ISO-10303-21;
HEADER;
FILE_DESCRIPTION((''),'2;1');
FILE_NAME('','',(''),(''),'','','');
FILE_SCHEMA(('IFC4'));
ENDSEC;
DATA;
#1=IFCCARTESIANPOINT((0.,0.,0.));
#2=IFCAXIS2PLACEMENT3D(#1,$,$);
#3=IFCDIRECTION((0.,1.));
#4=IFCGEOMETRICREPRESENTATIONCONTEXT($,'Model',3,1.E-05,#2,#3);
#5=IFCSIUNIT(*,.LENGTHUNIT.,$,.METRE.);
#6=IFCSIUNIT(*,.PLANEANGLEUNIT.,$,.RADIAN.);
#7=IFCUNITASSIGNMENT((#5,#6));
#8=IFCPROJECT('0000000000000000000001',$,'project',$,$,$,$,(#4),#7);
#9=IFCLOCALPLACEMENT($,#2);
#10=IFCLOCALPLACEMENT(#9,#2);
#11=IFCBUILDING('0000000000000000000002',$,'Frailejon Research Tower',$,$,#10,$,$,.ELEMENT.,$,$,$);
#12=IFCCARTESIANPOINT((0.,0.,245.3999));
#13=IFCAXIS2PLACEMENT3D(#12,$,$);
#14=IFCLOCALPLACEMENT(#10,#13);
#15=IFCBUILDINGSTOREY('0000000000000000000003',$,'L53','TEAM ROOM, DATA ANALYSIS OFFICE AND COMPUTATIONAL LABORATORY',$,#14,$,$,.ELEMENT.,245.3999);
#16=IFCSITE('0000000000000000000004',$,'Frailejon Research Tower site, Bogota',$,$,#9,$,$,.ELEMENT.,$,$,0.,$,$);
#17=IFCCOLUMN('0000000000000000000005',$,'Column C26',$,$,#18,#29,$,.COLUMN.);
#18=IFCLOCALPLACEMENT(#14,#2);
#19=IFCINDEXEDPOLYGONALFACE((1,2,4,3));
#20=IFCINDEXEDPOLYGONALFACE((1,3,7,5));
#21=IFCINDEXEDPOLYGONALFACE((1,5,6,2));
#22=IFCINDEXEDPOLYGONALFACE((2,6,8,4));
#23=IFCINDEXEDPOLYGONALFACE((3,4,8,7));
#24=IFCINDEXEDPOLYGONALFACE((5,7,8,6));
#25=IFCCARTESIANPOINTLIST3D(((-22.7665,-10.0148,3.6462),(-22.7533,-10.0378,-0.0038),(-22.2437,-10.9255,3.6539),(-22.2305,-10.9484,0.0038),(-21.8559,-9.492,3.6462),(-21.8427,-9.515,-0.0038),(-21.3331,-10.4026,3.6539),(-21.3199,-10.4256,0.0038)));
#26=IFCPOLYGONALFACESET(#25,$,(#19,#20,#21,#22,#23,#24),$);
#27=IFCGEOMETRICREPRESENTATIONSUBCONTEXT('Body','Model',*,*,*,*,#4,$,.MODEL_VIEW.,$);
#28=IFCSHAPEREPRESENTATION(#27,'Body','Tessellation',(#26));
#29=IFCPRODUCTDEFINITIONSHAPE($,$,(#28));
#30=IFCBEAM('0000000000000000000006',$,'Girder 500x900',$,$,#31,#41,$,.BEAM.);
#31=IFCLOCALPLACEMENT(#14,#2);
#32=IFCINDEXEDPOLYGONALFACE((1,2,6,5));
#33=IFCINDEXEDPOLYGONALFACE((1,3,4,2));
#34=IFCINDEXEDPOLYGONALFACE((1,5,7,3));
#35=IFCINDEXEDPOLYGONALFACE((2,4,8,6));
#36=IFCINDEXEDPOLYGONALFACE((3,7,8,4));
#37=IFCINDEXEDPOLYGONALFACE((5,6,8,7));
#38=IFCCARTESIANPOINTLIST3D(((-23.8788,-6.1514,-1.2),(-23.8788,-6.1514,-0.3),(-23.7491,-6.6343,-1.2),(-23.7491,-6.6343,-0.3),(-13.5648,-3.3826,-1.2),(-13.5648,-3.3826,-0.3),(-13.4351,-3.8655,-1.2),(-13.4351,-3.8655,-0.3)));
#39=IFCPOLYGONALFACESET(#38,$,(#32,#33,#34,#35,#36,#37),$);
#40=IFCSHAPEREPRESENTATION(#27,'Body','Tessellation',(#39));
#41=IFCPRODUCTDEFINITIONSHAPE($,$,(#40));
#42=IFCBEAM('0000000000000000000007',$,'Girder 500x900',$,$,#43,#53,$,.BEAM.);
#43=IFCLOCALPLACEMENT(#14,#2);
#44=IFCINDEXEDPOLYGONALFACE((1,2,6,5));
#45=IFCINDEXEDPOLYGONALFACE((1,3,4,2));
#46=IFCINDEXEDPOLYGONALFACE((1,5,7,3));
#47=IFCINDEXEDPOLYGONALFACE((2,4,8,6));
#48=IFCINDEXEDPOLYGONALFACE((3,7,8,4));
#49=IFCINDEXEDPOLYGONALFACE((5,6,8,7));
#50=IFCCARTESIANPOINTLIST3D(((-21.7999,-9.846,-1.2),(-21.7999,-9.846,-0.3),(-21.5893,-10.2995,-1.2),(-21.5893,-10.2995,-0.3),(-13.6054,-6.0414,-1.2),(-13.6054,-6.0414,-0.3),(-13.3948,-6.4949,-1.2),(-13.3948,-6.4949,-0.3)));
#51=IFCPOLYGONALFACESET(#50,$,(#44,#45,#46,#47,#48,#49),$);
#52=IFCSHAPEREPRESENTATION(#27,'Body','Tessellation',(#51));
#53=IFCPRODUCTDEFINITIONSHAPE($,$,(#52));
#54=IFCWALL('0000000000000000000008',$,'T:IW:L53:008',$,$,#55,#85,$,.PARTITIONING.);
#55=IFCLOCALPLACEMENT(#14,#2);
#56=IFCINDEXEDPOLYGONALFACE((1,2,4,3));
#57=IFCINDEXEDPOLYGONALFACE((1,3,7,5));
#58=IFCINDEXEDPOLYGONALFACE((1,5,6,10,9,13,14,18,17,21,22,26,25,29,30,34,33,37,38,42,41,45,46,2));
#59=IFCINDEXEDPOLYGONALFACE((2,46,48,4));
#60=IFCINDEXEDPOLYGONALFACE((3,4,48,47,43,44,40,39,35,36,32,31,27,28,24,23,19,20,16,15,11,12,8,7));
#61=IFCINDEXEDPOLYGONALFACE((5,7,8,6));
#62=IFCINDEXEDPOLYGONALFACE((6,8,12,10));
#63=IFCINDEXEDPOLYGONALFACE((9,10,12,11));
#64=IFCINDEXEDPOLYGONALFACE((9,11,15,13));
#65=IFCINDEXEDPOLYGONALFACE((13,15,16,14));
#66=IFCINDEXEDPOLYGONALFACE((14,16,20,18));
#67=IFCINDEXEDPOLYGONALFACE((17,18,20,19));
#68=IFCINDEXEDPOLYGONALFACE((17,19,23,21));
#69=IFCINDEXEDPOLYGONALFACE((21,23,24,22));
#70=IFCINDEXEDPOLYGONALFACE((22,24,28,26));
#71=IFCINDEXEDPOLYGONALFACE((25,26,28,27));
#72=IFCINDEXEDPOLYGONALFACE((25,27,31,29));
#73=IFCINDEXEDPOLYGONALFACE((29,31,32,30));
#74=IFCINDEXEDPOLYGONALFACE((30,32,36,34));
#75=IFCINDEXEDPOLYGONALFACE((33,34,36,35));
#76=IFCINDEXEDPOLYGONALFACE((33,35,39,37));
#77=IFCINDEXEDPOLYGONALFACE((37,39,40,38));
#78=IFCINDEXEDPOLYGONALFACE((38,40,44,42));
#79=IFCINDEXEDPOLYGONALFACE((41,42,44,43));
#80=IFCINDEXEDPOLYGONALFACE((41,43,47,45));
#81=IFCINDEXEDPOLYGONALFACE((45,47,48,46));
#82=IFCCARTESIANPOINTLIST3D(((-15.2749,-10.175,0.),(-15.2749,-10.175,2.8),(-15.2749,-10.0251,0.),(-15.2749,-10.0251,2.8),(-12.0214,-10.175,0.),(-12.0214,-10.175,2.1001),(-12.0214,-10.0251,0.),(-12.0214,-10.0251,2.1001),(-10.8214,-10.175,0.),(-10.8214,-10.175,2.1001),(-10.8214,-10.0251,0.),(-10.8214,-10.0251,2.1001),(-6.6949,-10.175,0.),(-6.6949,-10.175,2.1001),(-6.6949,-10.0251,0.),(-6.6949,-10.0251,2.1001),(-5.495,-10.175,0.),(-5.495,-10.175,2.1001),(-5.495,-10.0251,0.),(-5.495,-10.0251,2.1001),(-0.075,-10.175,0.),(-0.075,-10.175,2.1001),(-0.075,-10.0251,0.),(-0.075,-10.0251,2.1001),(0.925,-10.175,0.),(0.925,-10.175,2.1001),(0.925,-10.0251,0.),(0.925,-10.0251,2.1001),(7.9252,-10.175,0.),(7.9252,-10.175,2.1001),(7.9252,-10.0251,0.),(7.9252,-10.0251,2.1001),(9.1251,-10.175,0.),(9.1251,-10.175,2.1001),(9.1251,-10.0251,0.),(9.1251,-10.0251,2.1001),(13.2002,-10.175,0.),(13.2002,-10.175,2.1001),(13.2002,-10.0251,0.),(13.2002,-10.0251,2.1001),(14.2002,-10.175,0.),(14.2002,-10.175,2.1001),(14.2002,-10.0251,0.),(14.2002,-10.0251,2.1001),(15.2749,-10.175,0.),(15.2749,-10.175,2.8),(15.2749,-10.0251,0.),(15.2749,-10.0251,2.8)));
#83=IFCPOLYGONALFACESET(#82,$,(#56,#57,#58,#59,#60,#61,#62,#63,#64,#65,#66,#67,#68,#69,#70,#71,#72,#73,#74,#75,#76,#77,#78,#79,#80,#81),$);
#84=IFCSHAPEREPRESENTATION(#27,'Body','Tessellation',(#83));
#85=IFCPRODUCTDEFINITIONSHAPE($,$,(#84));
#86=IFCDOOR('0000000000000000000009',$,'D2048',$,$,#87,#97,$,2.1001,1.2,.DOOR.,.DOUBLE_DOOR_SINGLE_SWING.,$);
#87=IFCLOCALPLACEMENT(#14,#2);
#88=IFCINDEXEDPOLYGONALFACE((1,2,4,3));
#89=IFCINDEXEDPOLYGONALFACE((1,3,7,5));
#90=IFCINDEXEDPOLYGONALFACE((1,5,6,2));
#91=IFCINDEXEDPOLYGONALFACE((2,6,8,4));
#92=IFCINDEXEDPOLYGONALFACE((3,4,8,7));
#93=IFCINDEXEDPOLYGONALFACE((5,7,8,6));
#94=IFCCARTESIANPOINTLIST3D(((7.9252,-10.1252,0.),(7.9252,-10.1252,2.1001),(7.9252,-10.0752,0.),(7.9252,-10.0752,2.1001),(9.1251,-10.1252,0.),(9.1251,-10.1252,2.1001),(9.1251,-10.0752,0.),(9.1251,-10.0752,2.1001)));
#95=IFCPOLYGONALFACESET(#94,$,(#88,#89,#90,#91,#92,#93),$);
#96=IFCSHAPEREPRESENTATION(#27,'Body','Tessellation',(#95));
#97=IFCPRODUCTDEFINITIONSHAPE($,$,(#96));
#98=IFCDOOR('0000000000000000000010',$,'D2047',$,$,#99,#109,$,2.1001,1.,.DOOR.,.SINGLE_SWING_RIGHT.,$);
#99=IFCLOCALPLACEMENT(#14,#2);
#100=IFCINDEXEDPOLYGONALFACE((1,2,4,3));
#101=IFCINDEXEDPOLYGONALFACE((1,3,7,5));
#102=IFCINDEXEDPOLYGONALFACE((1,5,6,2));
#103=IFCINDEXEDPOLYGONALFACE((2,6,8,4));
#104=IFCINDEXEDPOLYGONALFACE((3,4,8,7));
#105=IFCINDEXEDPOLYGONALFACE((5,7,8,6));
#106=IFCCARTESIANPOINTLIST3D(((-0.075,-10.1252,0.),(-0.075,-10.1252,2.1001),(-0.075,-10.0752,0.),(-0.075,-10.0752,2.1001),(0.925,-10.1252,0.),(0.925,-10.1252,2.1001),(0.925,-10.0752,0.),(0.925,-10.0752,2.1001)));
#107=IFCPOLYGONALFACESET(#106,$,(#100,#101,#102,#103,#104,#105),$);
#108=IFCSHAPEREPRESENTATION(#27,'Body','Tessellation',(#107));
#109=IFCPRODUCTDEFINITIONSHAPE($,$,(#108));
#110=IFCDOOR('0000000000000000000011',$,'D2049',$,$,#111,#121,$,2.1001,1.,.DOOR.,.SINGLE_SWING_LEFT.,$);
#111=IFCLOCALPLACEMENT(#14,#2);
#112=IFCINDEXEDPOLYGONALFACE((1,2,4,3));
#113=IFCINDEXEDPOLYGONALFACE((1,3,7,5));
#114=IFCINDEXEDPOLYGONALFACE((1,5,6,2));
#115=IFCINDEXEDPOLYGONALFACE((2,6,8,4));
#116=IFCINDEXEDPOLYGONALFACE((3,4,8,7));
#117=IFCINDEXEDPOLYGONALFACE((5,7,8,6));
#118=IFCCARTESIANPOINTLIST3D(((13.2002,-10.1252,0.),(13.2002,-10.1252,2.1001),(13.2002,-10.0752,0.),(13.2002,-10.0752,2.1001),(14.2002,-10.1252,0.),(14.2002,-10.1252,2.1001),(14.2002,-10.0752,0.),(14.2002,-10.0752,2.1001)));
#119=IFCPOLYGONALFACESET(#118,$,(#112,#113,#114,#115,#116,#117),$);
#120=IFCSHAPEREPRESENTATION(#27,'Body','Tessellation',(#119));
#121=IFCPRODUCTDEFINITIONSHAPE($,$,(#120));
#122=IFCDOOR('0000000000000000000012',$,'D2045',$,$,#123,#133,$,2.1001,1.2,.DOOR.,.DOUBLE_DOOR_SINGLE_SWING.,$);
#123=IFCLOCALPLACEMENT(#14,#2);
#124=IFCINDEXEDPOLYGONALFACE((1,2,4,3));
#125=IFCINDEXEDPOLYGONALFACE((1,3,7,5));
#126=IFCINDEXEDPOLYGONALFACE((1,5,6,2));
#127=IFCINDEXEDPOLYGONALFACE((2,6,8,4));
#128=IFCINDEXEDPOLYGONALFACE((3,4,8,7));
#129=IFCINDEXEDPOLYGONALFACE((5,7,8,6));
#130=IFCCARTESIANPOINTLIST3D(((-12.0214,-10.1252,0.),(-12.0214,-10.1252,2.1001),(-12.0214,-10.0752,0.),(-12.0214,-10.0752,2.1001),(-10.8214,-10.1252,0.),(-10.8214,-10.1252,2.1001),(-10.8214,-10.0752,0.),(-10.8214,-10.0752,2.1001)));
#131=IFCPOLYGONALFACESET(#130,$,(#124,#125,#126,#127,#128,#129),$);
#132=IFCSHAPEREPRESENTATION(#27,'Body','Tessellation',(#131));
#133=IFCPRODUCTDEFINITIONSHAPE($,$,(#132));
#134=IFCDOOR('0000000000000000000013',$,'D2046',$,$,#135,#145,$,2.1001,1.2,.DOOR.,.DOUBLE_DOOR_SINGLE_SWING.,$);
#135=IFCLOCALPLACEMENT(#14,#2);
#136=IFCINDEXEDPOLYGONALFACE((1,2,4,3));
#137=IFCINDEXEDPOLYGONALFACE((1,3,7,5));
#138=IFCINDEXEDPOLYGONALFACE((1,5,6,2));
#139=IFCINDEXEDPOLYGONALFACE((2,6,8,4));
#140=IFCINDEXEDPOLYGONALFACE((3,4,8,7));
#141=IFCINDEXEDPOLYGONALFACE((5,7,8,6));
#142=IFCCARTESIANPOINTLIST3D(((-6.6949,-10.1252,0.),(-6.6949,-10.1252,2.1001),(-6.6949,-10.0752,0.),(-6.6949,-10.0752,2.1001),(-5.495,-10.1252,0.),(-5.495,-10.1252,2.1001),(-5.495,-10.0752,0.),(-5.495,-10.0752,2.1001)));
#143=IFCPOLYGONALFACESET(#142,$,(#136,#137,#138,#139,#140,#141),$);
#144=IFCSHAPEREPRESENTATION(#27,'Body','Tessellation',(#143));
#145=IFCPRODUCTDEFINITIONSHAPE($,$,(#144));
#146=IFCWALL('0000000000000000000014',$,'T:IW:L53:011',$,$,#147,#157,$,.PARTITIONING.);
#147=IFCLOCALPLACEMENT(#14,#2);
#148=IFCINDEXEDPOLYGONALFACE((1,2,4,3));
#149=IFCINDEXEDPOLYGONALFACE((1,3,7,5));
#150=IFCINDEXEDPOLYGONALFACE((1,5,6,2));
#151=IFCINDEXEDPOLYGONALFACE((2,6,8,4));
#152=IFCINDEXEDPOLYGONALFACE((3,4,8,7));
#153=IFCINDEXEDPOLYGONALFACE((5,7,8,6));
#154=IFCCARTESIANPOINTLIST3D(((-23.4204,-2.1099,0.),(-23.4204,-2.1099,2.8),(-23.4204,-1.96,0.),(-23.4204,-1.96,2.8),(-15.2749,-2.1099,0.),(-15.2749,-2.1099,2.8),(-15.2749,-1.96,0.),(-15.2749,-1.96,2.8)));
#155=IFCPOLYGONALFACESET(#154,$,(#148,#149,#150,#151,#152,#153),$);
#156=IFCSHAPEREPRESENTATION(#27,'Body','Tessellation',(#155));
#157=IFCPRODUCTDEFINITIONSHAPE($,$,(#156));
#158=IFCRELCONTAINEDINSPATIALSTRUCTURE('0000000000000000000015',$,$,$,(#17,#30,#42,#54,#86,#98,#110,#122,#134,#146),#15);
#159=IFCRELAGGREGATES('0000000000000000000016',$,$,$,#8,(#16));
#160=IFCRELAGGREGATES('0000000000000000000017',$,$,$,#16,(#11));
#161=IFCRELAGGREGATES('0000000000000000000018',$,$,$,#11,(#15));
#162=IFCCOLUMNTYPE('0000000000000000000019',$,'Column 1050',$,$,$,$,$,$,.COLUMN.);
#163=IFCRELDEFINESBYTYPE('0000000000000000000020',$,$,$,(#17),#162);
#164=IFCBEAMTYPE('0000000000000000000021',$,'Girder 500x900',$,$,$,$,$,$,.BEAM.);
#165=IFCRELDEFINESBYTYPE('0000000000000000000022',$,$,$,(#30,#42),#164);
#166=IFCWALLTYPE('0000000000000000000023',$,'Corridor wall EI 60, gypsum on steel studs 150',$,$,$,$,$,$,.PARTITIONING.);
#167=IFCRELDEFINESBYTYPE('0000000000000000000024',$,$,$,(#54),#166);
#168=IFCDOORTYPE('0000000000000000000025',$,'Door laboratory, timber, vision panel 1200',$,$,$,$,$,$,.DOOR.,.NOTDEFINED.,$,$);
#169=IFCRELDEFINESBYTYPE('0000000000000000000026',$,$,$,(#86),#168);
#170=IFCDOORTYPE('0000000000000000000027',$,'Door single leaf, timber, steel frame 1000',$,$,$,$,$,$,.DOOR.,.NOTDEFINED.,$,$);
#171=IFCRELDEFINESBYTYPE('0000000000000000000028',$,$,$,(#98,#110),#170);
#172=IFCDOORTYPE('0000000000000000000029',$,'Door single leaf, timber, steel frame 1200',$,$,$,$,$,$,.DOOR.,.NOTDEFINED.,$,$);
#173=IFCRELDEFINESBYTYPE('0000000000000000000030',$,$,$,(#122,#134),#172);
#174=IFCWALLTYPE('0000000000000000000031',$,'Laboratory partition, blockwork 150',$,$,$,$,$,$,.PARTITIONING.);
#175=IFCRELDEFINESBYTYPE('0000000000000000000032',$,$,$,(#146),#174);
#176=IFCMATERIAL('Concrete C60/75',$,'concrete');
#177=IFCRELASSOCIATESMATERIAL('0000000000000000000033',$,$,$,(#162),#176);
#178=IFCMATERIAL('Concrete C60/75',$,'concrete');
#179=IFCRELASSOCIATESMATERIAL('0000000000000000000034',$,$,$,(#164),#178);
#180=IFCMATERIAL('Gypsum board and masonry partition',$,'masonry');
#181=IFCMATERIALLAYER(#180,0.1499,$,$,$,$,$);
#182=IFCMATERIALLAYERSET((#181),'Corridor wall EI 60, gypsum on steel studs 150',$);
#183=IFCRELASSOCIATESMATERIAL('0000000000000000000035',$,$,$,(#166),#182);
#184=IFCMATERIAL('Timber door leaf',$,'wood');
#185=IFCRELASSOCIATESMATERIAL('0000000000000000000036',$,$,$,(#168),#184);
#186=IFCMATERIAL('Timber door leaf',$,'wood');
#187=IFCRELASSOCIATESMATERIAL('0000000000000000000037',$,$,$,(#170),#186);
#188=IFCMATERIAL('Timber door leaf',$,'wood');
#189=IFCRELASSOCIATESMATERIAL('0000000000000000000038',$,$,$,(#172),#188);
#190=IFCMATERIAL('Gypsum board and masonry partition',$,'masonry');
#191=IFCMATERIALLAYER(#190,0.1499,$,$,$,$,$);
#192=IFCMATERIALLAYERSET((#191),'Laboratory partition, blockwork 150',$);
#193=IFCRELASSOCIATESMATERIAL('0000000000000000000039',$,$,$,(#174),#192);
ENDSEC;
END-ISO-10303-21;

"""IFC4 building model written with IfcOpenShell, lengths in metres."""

from ifc_helpers import new_model, si_unit, direction, frame, frame_2d, origin, origin_2d, place, context, subcontext, project, spatial, rectangle, extrude, material, layer, layer_set, material_profile, profile_set, type_object, element, fill, save


model = new_model("IFC4")

# Units and contexts
model_context = context("Model", 3, precision=1e-05, world=origin(), true_north=direction((0.0, 1.0)))
body_context = subcontext(model_context, "Body", "Model", "MODEL_VIEW")
ifc_project = project(units=[si_unit("LENGTHUNIT", "METRE"), si_unit("PLANEANGLEUNIT", "RADIAN")], contexts=[model_context])

# Site, building, storey
site_placement = place(None, origin())
site = spatial("IfcSite", under=ifc_project, at=site_placement, Name="Frailejon Research Tower site, Bogota", CompositionType="ELEMENT", RefElevation=0.0)
building_placement = place(site_placement, origin())
building = spatial("IfcBuilding", under=site, at=building_placement, Name="Frailejon Research Tower", CompositionType="ELEMENT")
storey_placement = place(building_placement, frame((0.0, 0.0, 245.3999)))
storey = spatial("IfcBuildingStorey", under=building, at=storey_placement, Name="L53", Description="TEAM ROOM, DATA ANALYSIS OFFICE AND COMPUTATIONAL LABORATORY", CompositionType="ELEMENT", Elevation=245.3999)

# Column
ifc_material_1 = material(Name="Concrete C60/75", Category="concrete")
ifc_material_profile_1 = material_profile(ifc_material_1, rectangle(XDim=1.05, YDim=1.05, at=origin_2d()), Name="Column 1050")
ifc_profile_set_1 = profile_set([ifc_material_profile_1], Name="Concrete C60/75")
column_type = type_object("IfcColumnType", Name="Column 1050", PredefinedType="COLUMN", material=ifc_profile_set_1)
column_placement = place(storey_placement, frame((-22.0366, -10.2317, 0.0), z_axis=(-0.003612, 0.006287, 0.999974), x_axis=(0.49789, -0.86721, 0.007251)))
element("IfcColumn", 1, at=column_placement, inside=storey, type_object=column_type, Name="Column C26", PredefinedType="COLUMN", context=body_context, shape_type="SweptSolid", body=[
    extrude(rectangle(XDim=1.05, YDim=1.05, at=origin_2d()), origin(), (0.0, 0.0, 1.0), 3.6501),
])

# Beams
ifc_material_2 = material(Name="Concrete C60/75", Category="concrete")
ifc_material_profile_2 = material_profile(ifc_material_2, rectangle(XDim=0.5, YDim=0.8999, at=origin_2d()), Name="Girder 500x900")
ifc_profile_set_2 = profile_set([ifc_material_profile_2], Name="Concrete C60/75")
beam_type = type_object("IfcBeamType", Name="Girder 500x900", PredefinedType="BEAM", material=ifc_profile_set_2)
beam_1_placement = place(storey_placement, frame((-23.814, -6.3928, -0.75), z_axis=(0.965804, 0.259272, 0.0), x_axis=(-0.259272, 0.965804, 0.0)))
element("IfcBeam", 2, at=beam_1_placement, inside=storey, type_object=beam_type, Name="Girder 500x900", PredefinedType="BEAM", context=body_context, shape_type="SweptSolid", body=[
    extrude(rectangle(XDim=0.5, YDim=0.8999, at=origin_2d()), origin(), (0.0, 0.0, 1.0), 10.6792),
])
beam_2_placement = place(storey_placement, frame((-21.6946, -10.0728, -0.75), z_axis=(0.907006, 0.421117, 0.0), x_axis=(-0.421117, 0.907006, 0.0)))
element("IfcBeam", 3, at=beam_2_placement, inside=storey, type_object=beam_type, Name="Girder 500x900", PredefinedType="BEAM", context=body_context, shape_type="SweptSolid", body=[
    extrude(rectangle(XDim=0.5, YDim=0.8999, at=origin_2d()), origin(), (0.0, 0.0, 1.0), 9.0347),
])

# Wall, openings, doors
ifc_material_3 = material(Name="Gypsum board and masonry partition", Category="masonry")
ifc_layer_1 = layer(ifc_material_3, 0.1499)
ifc_layer_set_1 = layer_set([ifc_layer_1], Name="Corridor wall EI 60, gypsum on steel studs 150")
wall_type_1 = type_object("IfcWallType", Name="Corridor wall EI 60, gypsum on steel studs 150", PredefinedType="PARTITIONING", material=ifc_layer_set_1)
wall_1_placement = place(storey_placement, frame((-15.2749, -10.1001, 0.0), z_axis=(0.0, 0.0, 1.0), x_axis=(1.0, 0.0, 0.0)))
wall_1 = element("IfcWall", 4, at=wall_1_placement, inside=storey, type_object=wall_type_1, Name="T:IW:L53:008", PredefinedType="PARTITIONING", context=body_context, shape_type="SweptSolid", body=[
    extrude(rectangle(XDim=30.5498, YDim=0.1499, at=frame_2d((15.2749, 0.0))), origin(), (0.0, 0.0, 1.0), 2.8),
])
opening_1_placement = place(wall_1_placement, frame((3.2534, 0.0, 0.0)))
opening_1 = element("IfcOpeningElement", 5, at=opening_1_placement, cuts=wall_1, PredefinedType="OPENING", context=body_context, shape_type="SweptSolid", body=[
    extrude(rectangle(XDim=1.2, YDim=2.1001, at=frame_2d((0.6001, 1.05))), frame((0.0, 0.085, 0.0), z_axis=(0.0, -1.0, 0.0), x_axis=(1.0, 0.0, 0.0)), (0.0, 0.0, 1.0), 0.1699),
])
opening_2_placement = place(wall_1_placement, frame((8.5798, 0.0, 0.0)))
opening_2 = element("IfcOpeningElement", 6, at=opening_2_placement, cuts=wall_1, PredefinedType="OPENING", context=body_context, shape_type="SweptSolid", body=[
    extrude(rectangle(XDim=1.2, YDim=2.1001, at=frame_2d((0.6001, 1.05))), frame((0.0, 0.085, 0.0), z_axis=(0.0, -1.0, 0.0), x_axis=(1.0, 0.0, 0.0)), (0.0, 0.0, 1.0), 0.1699),
])
opening_3_placement = place(wall_1_placement, frame((15.2, 0.0, 0.0)))
opening_3 = element("IfcOpeningElement", 7, at=opening_3_placement, cuts=wall_1, PredefinedType="OPENING", context=body_context, shape_type="SweptSolid", body=[
    extrude(rectangle(XDim=1.0, YDim=2.1001, at=frame_2d((0.5, 1.05))), frame((0.0, 0.085, 0.0), z_axis=(0.0, -1.0, 0.0), x_axis=(1.0, 0.0, 0.0)), (0.0, 0.0, 1.0), 0.1699),
])
opening_4_placement = place(wall_1_placement, frame((23.2, 0.0, 0.0)))
opening_4 = element("IfcOpeningElement", 8, at=opening_4_placement, cuts=wall_1, PredefinedType="OPENING", context=body_context, shape_type="SweptSolid", body=[
    extrude(rectangle(XDim=1.2, YDim=2.1001, at=frame_2d((0.6001, 1.05))), frame((0.0, 0.085, 0.0), z_axis=(0.0, -1.0, 0.0), x_axis=(1.0, 0.0, 0.0)), (0.0, 0.0, 1.0), 0.1699),
])
opening_5_placement = place(wall_1_placement, frame((28.4751, 0.0, 0.0)))
opening_5 = element("IfcOpeningElement", 9, at=opening_5_placement, cuts=wall_1, PredefinedType="OPENING", context=body_context, shape_type="SweptSolid", body=[
    extrude(rectangle(XDim=1.0, YDim=2.1001, at=frame_2d((0.5, 1.05))), frame((0.0, 0.085, 0.0), z_axis=(0.0, -1.0, 0.0), x_axis=(1.0, 0.0, 0.0)), (0.0, 0.0, 1.0), 0.1699),
])
ifc_material_4 = material(Name="Timber door leaf", Category="wood")
door_type_1 = type_object("IfcDoorType", Name="Door laboratory, timber, vision panel 1200", OperationType="NOTDEFINED", PredefinedType="DOOR", material=ifc_material_4)
door_1_placement = place(opening_4_placement, origin())
door_1 = element("IfcDoor", 10, at=door_1_placement, inside=storey, type_object=door_type_1, Name="D2048", OperationType="DOUBLE_DOOR_SINGLE_SWING", OverallHeight=2.1001, OverallWidth=1.2, PredefinedType="DOOR", context=body_context, shape_type="SweptSolid", body=[
    extrude(rectangle(XDim=1.2, YDim=2.1001, at=frame_2d((0.6001, 1.05))), frame((0.0, 0.0249, 0.0), z_axis=(0.0, -1.0, 0.0), x_axis=(1.0, 0.0, 0.0)), (0.0, 0.0, 1.0), 0.05),
])
fill(opening_4, door_1)
ifc_material_5 = material(Name="Timber door leaf", Category="wood")
door_type_2 = type_object("IfcDoorType", Name="Door single leaf, timber, steel frame 1000", OperationType="NOTDEFINED", PredefinedType="DOOR", material=ifc_material_5)
door_2_placement = place(opening_3_placement, origin())
door_2 = element("IfcDoor", 11, at=door_2_placement, inside=storey, type_object=door_type_2, Name="D2047", OperationType="SINGLE_SWING_RIGHT", OverallHeight=2.1001, OverallWidth=1.0, PredefinedType="DOOR", context=body_context, shape_type="SweptSolid", body=[
    extrude(rectangle(XDim=1.0, YDim=2.1001, at=frame_2d((0.5, 1.05))), frame((0.0, 0.0249, 0.0), z_axis=(0.0, -1.0, 0.0), x_axis=(1.0, 0.0, 0.0)), (0.0, 0.0, 1.0), 0.05),
])
fill(opening_3, door_2)
door_3_placement = place(opening_5_placement, origin())
door_3 = element("IfcDoor", 12, at=door_3_placement, inside=storey, type_object=door_type_2, Name="D2049", OperationType="SINGLE_SWING_LEFT", OverallHeight=2.1001, OverallWidth=1.0, PredefinedType="DOOR", context=body_context, shape_type="SweptSolid", body=[
    extrude(rectangle(XDim=1.0, YDim=2.1001, at=frame_2d((0.5, 1.05))), frame((0.0, 0.0249, 0.0), z_axis=(0.0, -1.0, 0.0), x_axis=(1.0, 0.0, 0.0)), (0.0, 0.0, 1.0), 0.05),
])
fill(opening_5, door_3)
ifc_material_6 = material(Name="Timber door leaf", Category="wood")
door_type_3 = type_object("IfcDoorType", Name="Door single leaf, timber, steel frame 1200", OperationType="NOTDEFINED", PredefinedType="DOOR", material=ifc_material_6)
door_4_placement = place(opening_1_placement, origin())
door_4 = element("IfcDoor", 13, at=door_4_placement, inside=storey, type_object=door_type_3, Name="D2045", OperationType="DOUBLE_DOOR_SINGLE_SWING", OverallHeight=2.1001, OverallWidth=1.2, PredefinedType="DOOR", context=body_context, shape_type="SweptSolid", body=[
    extrude(rectangle(XDim=1.2, YDim=2.1001, at=frame_2d((0.6001, 1.05))), frame((0.0, 0.0249, 0.0), z_axis=(0.0, -1.0, 0.0), x_axis=(1.0, 0.0, 0.0)), (0.0, 0.0, 1.0), 0.05),
])
fill(opening_1, door_4)
door_5_placement = place(opening_2_placement, origin())
door_5 = element("IfcDoor", 14, at=door_5_placement, inside=storey, type_object=door_type_3, Name="D2046", OperationType="DOUBLE_DOOR_SINGLE_SWING", OverallHeight=2.1001, OverallWidth=1.2, PredefinedType="DOOR", context=body_context, shape_type="SweptSolid", body=[
    extrude(rectangle(XDim=1.2, YDim=2.1001, at=frame_2d((0.6001, 1.05))), frame((0.0, 0.0249, 0.0), z_axis=(0.0, -1.0, 0.0), x_axis=(1.0, 0.0, 0.0)), (0.0, 0.0, 1.0), 0.05),
])
fill(opening_2, door_5)

# Wall
ifc_material_7 = material(Name="Gypsum board and masonry partition", Category="masonry")
ifc_layer_2 = layer(ifc_material_7, 0.1499)
ifc_layer_set_2 = layer_set([ifc_layer_2], Name="Laboratory partition, blockwork 150")
wall_type_2 = type_object("IfcWallType", Name="Laboratory partition, blockwork 150", PredefinedType="PARTITIONING", material=ifc_layer_set_2)
wall_2_placement = place(storey_placement, frame((-23.4204, -2.0349, 0.0), z_axis=(0.0, 0.0, 1.0), x_axis=(1.0, 0.0, 0.0)))
element("IfcWall", 15, at=wall_2_placement, inside=storey, type_object=wall_type_2, Name="T:IW:L53:011", PredefinedType="PARTITIONING", context=body_context, shape_type="SweptSolid", body=[
    extrude(rectangle(XDim=8.1455, YDim=0.1499, at=frame_2d((4.0728, 0.0))), origin(), (0.0, 0.0, 1.0), 2.8),
])

save(model, "model.ifc")
